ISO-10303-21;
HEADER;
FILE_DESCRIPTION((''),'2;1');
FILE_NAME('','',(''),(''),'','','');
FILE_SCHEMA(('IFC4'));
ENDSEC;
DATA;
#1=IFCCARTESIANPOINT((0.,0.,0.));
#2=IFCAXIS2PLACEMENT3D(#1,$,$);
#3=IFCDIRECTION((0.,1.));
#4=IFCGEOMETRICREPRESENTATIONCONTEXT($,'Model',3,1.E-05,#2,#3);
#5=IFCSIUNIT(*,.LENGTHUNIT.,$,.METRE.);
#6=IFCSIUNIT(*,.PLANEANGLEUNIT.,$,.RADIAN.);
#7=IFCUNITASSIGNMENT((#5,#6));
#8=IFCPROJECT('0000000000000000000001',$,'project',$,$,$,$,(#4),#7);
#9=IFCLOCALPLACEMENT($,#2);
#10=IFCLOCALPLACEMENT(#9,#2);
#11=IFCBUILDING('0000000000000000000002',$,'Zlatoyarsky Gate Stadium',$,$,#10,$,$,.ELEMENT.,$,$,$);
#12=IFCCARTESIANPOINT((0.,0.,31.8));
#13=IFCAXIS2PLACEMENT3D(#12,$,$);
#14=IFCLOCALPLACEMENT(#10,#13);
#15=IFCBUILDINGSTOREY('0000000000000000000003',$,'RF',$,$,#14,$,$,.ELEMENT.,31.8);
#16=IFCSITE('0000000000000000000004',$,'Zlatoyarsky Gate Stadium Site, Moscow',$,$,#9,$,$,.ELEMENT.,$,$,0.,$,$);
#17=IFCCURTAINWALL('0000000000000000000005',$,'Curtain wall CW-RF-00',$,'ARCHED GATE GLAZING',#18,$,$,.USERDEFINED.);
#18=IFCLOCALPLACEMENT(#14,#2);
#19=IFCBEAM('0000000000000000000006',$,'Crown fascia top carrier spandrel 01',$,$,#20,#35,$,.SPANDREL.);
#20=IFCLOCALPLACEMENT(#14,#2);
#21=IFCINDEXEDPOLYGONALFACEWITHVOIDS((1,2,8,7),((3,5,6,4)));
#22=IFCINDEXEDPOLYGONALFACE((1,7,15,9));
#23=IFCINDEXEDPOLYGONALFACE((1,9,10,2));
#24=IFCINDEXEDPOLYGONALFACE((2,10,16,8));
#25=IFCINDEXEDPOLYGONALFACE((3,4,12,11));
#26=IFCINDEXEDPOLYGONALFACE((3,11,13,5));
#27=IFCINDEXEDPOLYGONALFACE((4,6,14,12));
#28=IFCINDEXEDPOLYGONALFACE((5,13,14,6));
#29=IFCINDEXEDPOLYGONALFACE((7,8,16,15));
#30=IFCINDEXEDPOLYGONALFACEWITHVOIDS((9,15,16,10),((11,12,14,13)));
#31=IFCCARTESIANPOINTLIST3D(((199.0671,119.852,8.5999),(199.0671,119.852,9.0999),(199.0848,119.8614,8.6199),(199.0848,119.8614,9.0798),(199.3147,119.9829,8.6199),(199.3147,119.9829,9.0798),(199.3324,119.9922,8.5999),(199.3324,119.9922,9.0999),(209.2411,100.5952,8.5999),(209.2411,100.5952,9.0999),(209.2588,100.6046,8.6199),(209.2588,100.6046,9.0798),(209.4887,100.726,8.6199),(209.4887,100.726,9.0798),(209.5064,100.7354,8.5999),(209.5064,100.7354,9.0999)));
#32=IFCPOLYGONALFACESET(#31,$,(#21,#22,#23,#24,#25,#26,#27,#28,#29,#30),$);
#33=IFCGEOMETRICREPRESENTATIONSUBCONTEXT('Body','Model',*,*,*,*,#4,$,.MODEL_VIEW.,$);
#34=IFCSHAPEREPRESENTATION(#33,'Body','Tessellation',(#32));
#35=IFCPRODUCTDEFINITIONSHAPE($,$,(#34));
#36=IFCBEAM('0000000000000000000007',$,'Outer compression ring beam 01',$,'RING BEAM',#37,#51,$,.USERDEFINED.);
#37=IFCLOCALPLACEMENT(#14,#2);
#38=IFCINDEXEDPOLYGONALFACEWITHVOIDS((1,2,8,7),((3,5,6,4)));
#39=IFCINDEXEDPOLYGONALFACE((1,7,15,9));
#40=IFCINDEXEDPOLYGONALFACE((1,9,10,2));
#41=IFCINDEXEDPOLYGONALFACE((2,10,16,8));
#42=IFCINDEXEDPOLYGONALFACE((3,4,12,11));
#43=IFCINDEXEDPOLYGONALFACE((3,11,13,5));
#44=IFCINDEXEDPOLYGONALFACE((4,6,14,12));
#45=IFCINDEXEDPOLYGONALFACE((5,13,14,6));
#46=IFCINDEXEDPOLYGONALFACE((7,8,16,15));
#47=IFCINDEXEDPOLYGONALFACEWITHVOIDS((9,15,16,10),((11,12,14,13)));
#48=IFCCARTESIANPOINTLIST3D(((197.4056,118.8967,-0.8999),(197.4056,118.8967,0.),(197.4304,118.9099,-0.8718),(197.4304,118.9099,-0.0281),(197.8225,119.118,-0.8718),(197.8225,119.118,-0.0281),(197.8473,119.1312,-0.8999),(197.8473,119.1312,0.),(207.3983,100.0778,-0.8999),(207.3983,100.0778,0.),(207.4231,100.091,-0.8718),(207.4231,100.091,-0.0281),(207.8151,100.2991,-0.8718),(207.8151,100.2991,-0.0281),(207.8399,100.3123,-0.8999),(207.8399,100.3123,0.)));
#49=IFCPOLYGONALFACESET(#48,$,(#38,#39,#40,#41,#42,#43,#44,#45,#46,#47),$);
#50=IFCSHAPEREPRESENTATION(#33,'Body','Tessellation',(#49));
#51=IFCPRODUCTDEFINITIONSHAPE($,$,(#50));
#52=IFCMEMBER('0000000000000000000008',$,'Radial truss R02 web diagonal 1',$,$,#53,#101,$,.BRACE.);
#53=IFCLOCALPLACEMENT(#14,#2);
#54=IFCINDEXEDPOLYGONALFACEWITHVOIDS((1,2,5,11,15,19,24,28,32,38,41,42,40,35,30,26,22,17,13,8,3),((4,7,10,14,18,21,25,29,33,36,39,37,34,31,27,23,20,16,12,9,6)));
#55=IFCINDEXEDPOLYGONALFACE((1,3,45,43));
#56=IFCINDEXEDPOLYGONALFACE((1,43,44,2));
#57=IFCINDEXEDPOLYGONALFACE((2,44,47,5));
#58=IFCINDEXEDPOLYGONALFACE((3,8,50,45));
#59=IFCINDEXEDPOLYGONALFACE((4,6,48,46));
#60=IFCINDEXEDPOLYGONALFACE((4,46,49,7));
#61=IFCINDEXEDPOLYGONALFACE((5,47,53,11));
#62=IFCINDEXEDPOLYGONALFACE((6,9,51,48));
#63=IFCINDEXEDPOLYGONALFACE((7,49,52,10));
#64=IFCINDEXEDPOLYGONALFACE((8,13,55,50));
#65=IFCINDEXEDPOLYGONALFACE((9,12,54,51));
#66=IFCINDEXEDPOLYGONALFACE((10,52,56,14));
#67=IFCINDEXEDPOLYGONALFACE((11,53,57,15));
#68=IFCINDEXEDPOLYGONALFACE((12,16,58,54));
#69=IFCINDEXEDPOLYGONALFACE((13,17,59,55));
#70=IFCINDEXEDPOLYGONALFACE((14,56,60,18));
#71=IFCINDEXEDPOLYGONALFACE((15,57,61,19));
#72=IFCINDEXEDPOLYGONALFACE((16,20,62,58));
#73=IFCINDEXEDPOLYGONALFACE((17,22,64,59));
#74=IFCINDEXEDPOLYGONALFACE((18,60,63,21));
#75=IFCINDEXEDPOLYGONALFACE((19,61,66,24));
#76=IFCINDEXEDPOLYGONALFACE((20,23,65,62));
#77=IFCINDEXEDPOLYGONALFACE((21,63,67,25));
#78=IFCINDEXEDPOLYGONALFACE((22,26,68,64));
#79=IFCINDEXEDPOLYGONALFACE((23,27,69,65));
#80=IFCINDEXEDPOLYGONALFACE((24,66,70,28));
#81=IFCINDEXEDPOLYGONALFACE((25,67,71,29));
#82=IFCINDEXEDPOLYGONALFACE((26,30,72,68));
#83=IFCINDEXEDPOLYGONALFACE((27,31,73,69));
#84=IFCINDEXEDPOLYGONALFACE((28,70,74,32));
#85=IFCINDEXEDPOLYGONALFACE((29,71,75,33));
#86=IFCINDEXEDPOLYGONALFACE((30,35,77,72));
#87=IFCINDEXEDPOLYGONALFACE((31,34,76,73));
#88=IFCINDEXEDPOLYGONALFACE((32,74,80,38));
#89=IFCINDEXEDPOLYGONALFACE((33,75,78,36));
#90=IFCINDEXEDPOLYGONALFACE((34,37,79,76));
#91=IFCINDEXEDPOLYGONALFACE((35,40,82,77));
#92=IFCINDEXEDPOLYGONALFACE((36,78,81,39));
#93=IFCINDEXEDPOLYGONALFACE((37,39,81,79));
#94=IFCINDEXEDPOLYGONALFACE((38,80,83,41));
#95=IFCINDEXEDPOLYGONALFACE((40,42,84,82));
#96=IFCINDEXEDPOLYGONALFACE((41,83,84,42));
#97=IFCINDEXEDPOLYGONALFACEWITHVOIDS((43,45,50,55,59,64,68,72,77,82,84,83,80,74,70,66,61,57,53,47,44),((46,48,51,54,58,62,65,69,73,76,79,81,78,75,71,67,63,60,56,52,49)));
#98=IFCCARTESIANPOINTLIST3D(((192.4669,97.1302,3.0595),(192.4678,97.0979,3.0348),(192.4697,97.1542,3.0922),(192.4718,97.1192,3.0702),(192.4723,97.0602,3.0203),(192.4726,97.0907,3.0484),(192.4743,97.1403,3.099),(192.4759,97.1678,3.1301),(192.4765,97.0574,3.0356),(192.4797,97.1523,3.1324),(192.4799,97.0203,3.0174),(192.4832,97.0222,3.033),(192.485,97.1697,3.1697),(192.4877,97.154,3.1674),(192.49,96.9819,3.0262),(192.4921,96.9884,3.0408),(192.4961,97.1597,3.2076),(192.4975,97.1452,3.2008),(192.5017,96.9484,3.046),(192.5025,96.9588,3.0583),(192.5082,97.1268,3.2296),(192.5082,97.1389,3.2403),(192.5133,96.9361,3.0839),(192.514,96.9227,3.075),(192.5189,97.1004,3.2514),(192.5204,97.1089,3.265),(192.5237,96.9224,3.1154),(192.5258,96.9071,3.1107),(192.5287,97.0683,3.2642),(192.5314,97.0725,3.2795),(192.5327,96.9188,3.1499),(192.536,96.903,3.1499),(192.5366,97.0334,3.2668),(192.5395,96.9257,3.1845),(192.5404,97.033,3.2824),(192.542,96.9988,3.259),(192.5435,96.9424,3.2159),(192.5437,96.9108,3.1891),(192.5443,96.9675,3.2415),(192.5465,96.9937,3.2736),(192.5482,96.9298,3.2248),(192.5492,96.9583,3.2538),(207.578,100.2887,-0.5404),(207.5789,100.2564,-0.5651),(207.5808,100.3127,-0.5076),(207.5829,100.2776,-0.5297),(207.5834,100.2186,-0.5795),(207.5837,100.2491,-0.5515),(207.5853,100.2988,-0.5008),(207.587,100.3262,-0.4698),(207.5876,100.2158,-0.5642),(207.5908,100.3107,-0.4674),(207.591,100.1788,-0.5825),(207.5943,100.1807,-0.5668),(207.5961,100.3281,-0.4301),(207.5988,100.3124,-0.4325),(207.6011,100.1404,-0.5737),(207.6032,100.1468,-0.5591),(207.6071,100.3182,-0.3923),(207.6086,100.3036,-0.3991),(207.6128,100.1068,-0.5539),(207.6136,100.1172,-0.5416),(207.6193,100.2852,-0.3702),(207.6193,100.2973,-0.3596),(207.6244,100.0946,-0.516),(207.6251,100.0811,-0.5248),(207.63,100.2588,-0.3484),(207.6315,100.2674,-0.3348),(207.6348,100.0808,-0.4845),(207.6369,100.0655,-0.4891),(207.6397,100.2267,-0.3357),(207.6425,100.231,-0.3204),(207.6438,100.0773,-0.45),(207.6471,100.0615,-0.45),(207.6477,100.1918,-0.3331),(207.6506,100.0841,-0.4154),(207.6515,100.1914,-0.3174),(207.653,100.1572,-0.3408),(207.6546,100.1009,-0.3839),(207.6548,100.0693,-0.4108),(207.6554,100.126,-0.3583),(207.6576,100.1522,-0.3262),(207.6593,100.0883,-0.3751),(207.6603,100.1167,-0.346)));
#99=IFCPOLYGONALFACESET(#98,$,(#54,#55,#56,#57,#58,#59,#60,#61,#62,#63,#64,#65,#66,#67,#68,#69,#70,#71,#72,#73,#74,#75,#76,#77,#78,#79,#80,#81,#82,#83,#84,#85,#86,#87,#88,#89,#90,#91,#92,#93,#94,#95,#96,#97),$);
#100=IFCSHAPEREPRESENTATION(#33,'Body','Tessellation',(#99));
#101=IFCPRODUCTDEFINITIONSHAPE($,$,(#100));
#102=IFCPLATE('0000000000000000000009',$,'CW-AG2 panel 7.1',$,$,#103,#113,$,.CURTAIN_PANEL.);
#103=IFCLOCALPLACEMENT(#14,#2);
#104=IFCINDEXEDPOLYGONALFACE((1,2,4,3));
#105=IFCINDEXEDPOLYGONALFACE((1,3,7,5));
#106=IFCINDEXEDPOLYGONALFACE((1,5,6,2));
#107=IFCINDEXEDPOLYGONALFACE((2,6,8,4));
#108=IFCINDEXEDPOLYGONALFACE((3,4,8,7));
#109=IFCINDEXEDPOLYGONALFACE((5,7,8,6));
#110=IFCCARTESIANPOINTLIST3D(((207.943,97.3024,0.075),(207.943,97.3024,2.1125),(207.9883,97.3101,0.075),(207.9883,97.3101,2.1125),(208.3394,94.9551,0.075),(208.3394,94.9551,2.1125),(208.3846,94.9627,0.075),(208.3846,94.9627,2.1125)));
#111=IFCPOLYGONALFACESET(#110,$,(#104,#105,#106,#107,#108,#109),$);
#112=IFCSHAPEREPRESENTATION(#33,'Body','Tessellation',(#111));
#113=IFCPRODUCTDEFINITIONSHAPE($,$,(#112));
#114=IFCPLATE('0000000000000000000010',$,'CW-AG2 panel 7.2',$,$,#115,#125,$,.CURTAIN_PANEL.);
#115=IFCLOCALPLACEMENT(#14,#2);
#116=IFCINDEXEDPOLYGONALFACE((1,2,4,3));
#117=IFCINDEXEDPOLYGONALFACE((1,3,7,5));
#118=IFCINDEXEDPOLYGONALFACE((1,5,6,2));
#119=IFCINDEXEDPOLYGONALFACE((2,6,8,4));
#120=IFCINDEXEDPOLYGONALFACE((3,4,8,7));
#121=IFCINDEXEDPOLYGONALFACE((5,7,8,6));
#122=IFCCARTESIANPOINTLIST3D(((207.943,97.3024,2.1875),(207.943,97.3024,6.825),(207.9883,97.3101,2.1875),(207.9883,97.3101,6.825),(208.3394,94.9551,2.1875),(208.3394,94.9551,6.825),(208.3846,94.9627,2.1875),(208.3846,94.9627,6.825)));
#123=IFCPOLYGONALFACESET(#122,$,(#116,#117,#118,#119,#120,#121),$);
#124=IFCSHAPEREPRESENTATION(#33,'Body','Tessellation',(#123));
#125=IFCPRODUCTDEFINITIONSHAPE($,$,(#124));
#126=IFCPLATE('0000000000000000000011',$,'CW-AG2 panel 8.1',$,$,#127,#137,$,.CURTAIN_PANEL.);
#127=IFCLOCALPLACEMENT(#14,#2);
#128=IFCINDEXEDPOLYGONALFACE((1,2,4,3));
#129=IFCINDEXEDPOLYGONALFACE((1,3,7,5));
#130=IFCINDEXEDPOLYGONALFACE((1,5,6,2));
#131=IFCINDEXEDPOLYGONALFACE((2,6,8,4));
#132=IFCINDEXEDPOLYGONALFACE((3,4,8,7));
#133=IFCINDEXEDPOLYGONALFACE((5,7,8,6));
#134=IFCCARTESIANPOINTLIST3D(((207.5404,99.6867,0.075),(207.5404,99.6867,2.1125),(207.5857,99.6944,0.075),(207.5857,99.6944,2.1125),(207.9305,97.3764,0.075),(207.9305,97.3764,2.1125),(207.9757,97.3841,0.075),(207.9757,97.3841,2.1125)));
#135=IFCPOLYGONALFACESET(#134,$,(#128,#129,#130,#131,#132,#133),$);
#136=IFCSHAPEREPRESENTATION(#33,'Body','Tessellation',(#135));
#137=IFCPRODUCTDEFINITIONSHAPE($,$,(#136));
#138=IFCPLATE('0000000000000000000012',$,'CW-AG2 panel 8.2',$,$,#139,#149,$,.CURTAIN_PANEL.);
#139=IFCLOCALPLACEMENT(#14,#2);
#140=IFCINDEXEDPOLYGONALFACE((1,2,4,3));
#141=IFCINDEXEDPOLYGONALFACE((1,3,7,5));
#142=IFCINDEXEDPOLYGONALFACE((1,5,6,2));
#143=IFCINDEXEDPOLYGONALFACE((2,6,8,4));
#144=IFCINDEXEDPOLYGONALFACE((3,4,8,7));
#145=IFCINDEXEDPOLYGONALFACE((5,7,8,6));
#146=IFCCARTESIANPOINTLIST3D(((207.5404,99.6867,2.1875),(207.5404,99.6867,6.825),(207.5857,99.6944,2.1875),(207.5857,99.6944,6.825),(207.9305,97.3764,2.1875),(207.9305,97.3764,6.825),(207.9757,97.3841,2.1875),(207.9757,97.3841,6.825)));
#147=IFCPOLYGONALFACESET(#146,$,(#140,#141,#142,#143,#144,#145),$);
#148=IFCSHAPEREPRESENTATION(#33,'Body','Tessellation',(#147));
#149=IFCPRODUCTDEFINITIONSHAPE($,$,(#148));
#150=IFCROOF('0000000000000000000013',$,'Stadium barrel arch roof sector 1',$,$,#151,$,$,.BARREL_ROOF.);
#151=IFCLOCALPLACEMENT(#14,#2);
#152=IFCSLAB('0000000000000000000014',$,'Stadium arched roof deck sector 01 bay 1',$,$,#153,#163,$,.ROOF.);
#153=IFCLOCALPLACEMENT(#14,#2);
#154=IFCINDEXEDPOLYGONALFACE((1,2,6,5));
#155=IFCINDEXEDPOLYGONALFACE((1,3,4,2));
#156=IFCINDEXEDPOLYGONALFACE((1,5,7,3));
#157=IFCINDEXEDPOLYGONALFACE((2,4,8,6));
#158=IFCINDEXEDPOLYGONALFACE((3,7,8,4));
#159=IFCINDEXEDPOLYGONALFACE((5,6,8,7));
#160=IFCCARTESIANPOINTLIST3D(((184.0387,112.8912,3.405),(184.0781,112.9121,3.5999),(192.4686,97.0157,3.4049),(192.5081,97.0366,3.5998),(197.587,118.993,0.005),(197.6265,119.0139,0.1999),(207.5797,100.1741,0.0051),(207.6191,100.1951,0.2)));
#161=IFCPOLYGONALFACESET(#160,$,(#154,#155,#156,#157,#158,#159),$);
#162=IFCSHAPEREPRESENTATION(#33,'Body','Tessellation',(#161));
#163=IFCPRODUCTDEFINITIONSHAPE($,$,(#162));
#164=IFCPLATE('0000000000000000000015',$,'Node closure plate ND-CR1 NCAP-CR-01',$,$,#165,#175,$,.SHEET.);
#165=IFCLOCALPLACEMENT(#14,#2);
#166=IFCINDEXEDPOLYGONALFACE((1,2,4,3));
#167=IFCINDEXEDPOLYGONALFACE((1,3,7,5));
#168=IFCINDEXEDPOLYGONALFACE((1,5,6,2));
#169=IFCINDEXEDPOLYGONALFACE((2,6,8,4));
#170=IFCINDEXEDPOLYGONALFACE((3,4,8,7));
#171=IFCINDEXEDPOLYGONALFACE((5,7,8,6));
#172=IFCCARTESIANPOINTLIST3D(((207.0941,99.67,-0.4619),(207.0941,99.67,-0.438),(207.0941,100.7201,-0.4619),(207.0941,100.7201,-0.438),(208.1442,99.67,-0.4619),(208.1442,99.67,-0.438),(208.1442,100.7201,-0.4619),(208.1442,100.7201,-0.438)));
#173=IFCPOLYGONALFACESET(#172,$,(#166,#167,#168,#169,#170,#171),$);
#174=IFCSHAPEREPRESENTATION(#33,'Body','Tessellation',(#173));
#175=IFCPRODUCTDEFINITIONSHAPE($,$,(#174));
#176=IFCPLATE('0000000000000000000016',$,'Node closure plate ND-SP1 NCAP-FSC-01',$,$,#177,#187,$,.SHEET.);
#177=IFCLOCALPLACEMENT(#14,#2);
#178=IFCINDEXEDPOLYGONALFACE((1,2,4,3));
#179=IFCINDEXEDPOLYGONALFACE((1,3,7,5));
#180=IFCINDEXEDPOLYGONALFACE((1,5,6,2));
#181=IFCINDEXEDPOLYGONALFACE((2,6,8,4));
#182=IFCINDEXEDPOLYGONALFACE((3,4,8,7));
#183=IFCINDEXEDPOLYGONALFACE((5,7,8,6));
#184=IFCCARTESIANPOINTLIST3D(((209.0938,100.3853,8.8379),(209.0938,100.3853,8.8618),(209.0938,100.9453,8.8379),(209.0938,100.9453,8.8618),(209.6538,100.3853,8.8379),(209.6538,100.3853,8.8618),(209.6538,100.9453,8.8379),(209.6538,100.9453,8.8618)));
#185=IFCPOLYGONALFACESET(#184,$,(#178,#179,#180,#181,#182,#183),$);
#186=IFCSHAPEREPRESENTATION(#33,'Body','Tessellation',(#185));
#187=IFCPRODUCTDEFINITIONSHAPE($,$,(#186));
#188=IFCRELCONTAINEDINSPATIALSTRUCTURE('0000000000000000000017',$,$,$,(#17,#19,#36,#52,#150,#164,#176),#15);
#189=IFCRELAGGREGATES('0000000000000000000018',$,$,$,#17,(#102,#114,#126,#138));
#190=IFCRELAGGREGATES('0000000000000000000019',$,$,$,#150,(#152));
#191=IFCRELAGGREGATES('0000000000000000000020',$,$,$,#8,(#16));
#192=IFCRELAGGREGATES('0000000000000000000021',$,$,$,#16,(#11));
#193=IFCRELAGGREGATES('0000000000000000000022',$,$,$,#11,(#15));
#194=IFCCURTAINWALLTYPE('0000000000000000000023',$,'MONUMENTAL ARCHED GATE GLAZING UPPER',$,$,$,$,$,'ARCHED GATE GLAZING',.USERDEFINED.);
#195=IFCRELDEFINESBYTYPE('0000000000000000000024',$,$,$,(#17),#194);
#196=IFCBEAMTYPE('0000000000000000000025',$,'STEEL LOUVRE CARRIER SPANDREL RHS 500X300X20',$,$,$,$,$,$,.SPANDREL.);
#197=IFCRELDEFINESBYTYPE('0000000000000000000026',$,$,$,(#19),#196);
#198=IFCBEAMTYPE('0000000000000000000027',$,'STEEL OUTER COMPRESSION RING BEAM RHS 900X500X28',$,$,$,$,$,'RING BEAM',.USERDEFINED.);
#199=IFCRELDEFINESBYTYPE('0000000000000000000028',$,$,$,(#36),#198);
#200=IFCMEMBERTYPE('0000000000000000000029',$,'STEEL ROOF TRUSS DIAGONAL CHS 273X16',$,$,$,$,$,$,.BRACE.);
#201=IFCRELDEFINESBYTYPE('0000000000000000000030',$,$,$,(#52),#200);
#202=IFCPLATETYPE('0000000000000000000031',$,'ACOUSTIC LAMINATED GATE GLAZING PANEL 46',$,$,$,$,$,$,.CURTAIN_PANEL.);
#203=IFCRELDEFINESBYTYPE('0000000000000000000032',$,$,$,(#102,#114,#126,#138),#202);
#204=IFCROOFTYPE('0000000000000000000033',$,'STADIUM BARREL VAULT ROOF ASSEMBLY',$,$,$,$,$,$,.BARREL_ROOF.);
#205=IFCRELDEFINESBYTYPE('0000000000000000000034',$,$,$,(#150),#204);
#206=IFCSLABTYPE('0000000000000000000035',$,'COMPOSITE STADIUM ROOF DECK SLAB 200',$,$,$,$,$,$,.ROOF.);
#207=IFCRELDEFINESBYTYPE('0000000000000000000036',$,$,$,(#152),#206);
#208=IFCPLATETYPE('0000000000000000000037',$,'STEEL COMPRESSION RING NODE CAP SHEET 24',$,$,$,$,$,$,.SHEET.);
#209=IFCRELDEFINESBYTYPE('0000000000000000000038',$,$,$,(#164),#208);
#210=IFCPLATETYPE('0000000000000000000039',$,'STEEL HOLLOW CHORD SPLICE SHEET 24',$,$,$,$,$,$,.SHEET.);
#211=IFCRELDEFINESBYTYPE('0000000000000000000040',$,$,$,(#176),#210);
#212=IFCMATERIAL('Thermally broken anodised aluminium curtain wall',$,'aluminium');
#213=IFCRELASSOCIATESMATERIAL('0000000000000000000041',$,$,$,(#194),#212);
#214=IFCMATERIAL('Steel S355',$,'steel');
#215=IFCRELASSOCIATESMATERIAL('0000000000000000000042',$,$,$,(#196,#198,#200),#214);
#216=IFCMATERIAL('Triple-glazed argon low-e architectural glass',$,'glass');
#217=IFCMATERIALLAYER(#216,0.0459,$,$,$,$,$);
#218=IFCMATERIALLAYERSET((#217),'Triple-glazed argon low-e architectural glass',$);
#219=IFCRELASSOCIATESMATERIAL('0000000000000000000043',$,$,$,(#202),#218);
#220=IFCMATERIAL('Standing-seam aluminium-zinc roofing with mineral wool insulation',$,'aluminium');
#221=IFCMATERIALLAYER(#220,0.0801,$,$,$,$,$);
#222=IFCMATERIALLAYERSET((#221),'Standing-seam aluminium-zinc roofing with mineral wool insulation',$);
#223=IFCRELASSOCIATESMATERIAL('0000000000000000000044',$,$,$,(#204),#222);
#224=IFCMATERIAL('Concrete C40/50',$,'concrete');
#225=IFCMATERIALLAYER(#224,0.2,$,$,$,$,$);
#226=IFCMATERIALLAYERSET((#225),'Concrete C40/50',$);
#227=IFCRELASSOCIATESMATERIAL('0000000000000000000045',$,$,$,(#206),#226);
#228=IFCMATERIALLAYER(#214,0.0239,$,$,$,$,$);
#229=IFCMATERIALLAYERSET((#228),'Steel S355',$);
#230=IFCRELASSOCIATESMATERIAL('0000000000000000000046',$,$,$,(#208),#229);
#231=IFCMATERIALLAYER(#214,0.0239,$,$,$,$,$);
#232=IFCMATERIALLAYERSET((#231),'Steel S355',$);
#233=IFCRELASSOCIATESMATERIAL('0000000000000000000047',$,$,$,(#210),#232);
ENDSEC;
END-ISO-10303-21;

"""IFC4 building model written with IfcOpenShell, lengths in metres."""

from ifc_helpers import new_model, si_unit, direction, frame, origin, origin_2d, place, context, subcontext, project, spatial, polyline, rectangle, hollow_rectangle, hollow_circle, outline, extrude, material, layer, layer_set, material_profile, profile_set, type_object, element, aggregate, save


model = new_model("IFC4")

# Units and contexts
model_context = context("Model", 3, precision=1e-05, world=origin(), true_north=direction((0.0, 1.0)))
body_context = subcontext(model_context, "Body", "Model", "MODEL_VIEW")
ifc_project = project(units=[si_unit("LENGTHUNIT", "METRE"), si_unit("PLANEANGLEUNIT", "RADIAN")], contexts=[model_context])

# Site, building, storey
site_placement = place(None, origin())
site = spatial("IfcSite", under=ifc_project, at=site_placement, Name="Zlatoyarsky Gate Stadium Site, Moscow", CompositionType="ELEMENT", RefElevation=0.0)
building_placement = place(site_placement, origin())
building = spatial("IfcBuilding", under=site, at=building_placement, Name="Zlatoyarsky Gate Stadium", CompositionType="ELEMENT")
storey_placement = place(building_placement, frame((0.0, 0.0, 31.8)))
storey = spatial("IfcBuildingStorey", under=building, at=storey_placement, Name="RF", CompositionType="ELEMENT", Elevation=31.8)

# Curtain wall
ifc_material_1 = material(Name="Thermally broken anodised aluminium curtain wall", Category="aluminium")
curtain_wall_type = type_object("IfcCurtainWallType", Name="MONUMENTAL ARCHED GATE GLAZING UPPER", ElementType="ARCHED GATE GLAZING", PredefinedType="USERDEFINED", material=ifc_material_1)
curtain_wall_placement = place(storey_placement, origin())
curtain_wall = element("IfcCurtainWall", 1, at=curtain_wall_placement, inside=storey, type_object=curtain_wall_type, Name="Curtain wall CW-RF-00", ObjectType="ARCHED GATE GLAZING", PredefinedType="USERDEFINED")

# Shared definitions
ifc_material_2 = material(Name="Steel S355", Category="steel")

# Beams
ifc_material_profile_1 = material_profile(ifc_material_2, hollow_rectangle(XDim=0.3, YDim=0.5, WallThickness=0.02, at=origin_2d()), Name="RHS 500X300X20")
ifc_profile_set_1 = profile_set([ifc_material_profile_1], Name="Steel S355")
beam_type_1 = type_object("IfcBeamType", Name="STEEL LOUVRE CARRIER SPANDREL RHS 500X300X20", PredefinedType="SPANDREL", material=ifc_profile_set_1)
beam_1_placement = place(storey_placement, frame((209.3738, 100.6653, 8.8499), z_axis=(-0.467144, 0.884181, 0.0), x_axis=(-0.884181, -0.467144, 0.0)))
element("IfcBeam", 2, at=beam_1_placement, inside=storey, type_object=beam_type_1, Name="Crown fascia top carrier spandrel 01", PredefinedType="SPANDREL", context=body_context, shape_type="SweptSolid", body=[
    extrude(hollow_rectangle(XDim=0.3, YDim=0.5, WallThickness=0.02, at=origin_2d()), origin(), (0.0, 0.0, 1.0), 21.7793),
])
ifc_material_profile_2 = material_profile(ifc_material_2, hollow_rectangle(XDim=0.5, YDim=0.8999, WallThickness=0.0281, at=origin_2d()), Name="RHS 900X500X28")
ifc_profile_set_2 = profile_set([ifc_material_profile_2], Name="Steel S355")
beam_type_2 = type_object("IfcBeamType", Name="STEEL OUTER COMPRESSION RING BEAM RHS 900X500X28", ElementType="RING BEAM", PredefinedType="USERDEFINED", material=ifc_profile_set_2)
beam_2_placement = place(storey_placement, frame((207.6191, 100.1951, -0.45), z_axis=(-0.468978, 0.88321, 0.0), x_axis=(-0.88321, -0.468978, 0.0)))
element("IfcBeam", 3, at=beam_2_placement, inside=storey, type_object=beam_type_2, Name="Outer compression ring beam 01", ObjectType="RING BEAM", PredefinedType="USERDEFINED", context=body_context, shape_type="SweptSolid", body=[
    extrude(hollow_rectangle(XDim=0.5, YDim=0.8999, WallThickness=0.0281, at=origin_2d()), origin(), (0.0, 0.0, 1.0), 21.3074),
])

# Member
ifc_material_profile_3 = material_profile(ifc_material_2, hollow_circle(Radius=0.1365, WallThickness=0.0161, at=origin_2d()), Name="CHS 273X16")
ifc_profile_set_3 = profile_set([ifc_material_profile_3], Name="Steel S355")
member_type_1 = type_object("IfcMemberType", Name="STEEL ROOF TRUSS DIAGONAL CHS 273X16", PredefinedType="BRACE", material=ifc_profile_set_3)
member_1_placement = place(storey_placement, frame((207.6191, 100.1951, -0.45), z_axis=(-0.953272, -0.199248, 0.227094), x_axis=(0.204594, -0.978847, 0.0)))
element("IfcMember", 4, at=member_1_placement, inside=storey, type_object=member_type_1, Name="Radial truss R02 web diagonal 1", PredefinedType="BRACE", context=body_context, shape_type="SweptSolid", body=[
    extrude(hollow_circle(Radius=0.1365, WallThickness=0.0161, at=origin_2d()), origin(), (0.0, 0.0, 1.0), 15.8518),
])

# Plates
ifc_material_3 = material(Name="Triple-glazed argon low-e architectural glass", Category="glass")
ifc_layer_1 = layer(ifc_material_3, 0.0459)
ifc_layer_set_1 = layer_set([ifc_layer_1], Name="Triple-glazed argon low-e architectural glass")
plate_type_1 = type_object("IfcPlateType", Name="ACOUSTIC LAMINATED GATE GLAZING PANEL 46", PredefinedType="CURTAIN_PANEL", material=ifc_layer_set_1)
plate_1_placement = place(storey_placement, frame((208.1638, 96.1326, 0.075), z_axis=(0.0, 0.0, 1.0), x_axis=(-0.166482, 0.986044, 0.0)))
plate_1 = element("IfcPlate", 5, at=plate_1_placement, type_object=plate_type_1, Name="CW-AG2 panel 7.1", PredefinedType="CURTAIN_PANEL", context=body_context, shape_type="SweptSolid", body=[
    extrude(rectangle(XDim=2.3806, YDim=0.0459, at=origin_2d()), origin(), (0.0, 0.0, 1.0), 2.0376),
])
plate_2_placement = place(storey_placement, frame((208.1638, 96.1326, 2.1875), z_axis=(0.0, 0.0, 1.0), x_axis=(-0.166482, 0.986044, 0.0)))
plate_2 = element("IfcPlate", 6, at=plate_2_placement, type_object=plate_type_1, Name="CW-AG2 panel 7.2", PredefinedType="CURTAIN_PANEL", context=body_context, shape_type="SweptSolid", body=[
    extrude(rectangle(XDim=2.3806, YDim=0.0459, at=origin_2d()), origin(), (0.0, 0.0, 1.0), 4.6375),
])
plate_3_placement = place(storey_placement, frame((207.7581, 98.5354, 0.075), z_axis=(0.0, 0.0, 1.0), x_axis=(-0.166482, 0.986044, 0.0)))
plate_3 = element("IfcPlate", 7, at=plate_3_placement, type_object=plate_type_1, Name="CW-AG2 panel 8.1", PredefinedType="CURTAIN_PANEL", context=body_context, shape_type="SweptSolid", body=[
    extrude(rectangle(XDim=2.343, YDim=0.0459, at=origin_2d()), origin(), (0.0, 0.0, 1.0), 2.0376),
])
plate_4_placement = place(storey_placement, frame((207.7581, 98.5354, 2.1875), z_axis=(0.0, 0.0, 1.0), x_axis=(-0.166482, 0.986044, 0.0)))
plate_4 = element("IfcPlate", 8, at=plate_4_placement, type_object=plate_type_1, Name="CW-AG2 panel 8.2", PredefinedType="CURTAIN_PANEL", context=body_context, shape_type="SweptSolid", body=[
    extrude(rectangle(XDim=2.343, YDim=0.0459, at=origin_2d()), origin(), (0.0, 0.0, 1.0), 4.6375),
])
aggregate(curtain_wall, [plate_1, plate_2, plate_3, plate_4])

# Roof, slab
ifc_material_4 = material(Name="Standing-seam aluminium-zinc roofing with mineral wool insulation", Category="aluminium")
ifc_layer_2 = layer(ifc_material_4, 0.0801)
ifc_layer_set_2 = layer_set([ifc_layer_2], Name="Standing-seam aluminium-zinc roofing with mineral wool insulation")
roof_type = type_object("IfcRoofType", Name="STADIUM BARREL VAULT ROOF ASSEMBLY", PredefinedType="BARREL_ROOF", material=ifc_layer_set_2)
roof_placement = place(storey_placement, origin())
roof = element("IfcRoof", 9, at=roof_placement, inside=storey, type_object=roof_type, Name="Stadium barrel arch roof sector 1", PredefinedType="BARREL_ROOF")
ifc_material_5 = material(Name="Concrete C40/50", Category="concrete")
ifc_layer_3 = layer(ifc_material_5, 0.2)
ifc_layer_set_3 = layer_set([ifc_layer_3], Name="Concrete C40/50")
slab_type = type_object("IfcSlabType", Name="COMPOSITE STADIUM ROOF DECK SLAB 200", PredefinedType="ROOF", material=ifc_layer_set_3)
slab_placement = place(storey_placement, frame((207.6191, 100.1951, 0.2), z_axis=(0.197394, 0.104815, 0.974705), x_axis=(-0.468978, 0.88321, -0.000001)))
slab = element("IfcSlab", 10, at=slab_placement, type_object=slab_type, Name="Stadium arched roof deck sector 01 bay 1", PredefinedType="ROOF", context=body_context, shape_type="SweptSolid", body=[
    extrude(outline(polyline([(0.0, 0.0), (21.3073, 0.0), (22.272, 15.2124), (4.2972, 15.2123), (0.0, 0.0)])), origin(), (0.0, 0.0, -1.0), 0.2),
])

# Plates
ifc_layer_4 = layer(ifc_material_2, 0.0239)
ifc_layer_set_4 = layer_set([ifc_layer_4], Name="Steel S355")
plate_type_2 = type_object("IfcPlateType", Name="STEEL COMPRESSION RING NODE CAP SHEET 24", PredefinedType="SHEET", material=ifc_layer_set_4)
plate_5_placement = place(storey_placement, frame((207.6191, 100.1951, -0.4619), z_axis=(0.0, 0.0, 1.0), x_axis=(1.0, 0.0, 0.0)))
element("IfcPlate", 11, at=plate_5_placement, inside=storey, type_object=plate_type_2, Name="Node closure plate ND-CR1 NCAP-CR-01", PredefinedType="SHEET", context=body_context, shape_type="SweptSolid", body=[
    extrude(rectangle(XDim=1.05, YDim=1.05, at=origin_2d()), origin(), (0.0, 0.0, 1.0), 0.0239),
])
ifc_layer_5 = layer(ifc_material_2, 0.0239)
ifc_layer_set_5 = layer_set([ifc_layer_5], Name="Steel S355")
plate_type_3 = type_object("IfcPlateType", Name="STEEL HOLLOW CHORD SPLICE SHEET 24", PredefinedType="SHEET", material=ifc_layer_set_5)
plate_6_placement = place(storey_placement, frame((209.3738, 100.6653, 8.8379), z_axis=(0.0, 0.0, 1.0), x_axis=(1.0, 0.0, 0.0)))
element("IfcPlate", 12, at=plate_6_placement, inside=storey, type_object=plate_type_3, Name="Node closure plate ND-SP1 NCAP-FSC-01", PredefinedType="SHEET", context=body_context, shape_type="SweptSolid", body=[
    extrude(rectangle(XDim=0.5601, YDim=0.5601, at=origin_2d()), origin(), (0.0, 0.0, 1.0), 0.0239),
])

aggregate(roof, [slab])

save(model, "model.ifc")
